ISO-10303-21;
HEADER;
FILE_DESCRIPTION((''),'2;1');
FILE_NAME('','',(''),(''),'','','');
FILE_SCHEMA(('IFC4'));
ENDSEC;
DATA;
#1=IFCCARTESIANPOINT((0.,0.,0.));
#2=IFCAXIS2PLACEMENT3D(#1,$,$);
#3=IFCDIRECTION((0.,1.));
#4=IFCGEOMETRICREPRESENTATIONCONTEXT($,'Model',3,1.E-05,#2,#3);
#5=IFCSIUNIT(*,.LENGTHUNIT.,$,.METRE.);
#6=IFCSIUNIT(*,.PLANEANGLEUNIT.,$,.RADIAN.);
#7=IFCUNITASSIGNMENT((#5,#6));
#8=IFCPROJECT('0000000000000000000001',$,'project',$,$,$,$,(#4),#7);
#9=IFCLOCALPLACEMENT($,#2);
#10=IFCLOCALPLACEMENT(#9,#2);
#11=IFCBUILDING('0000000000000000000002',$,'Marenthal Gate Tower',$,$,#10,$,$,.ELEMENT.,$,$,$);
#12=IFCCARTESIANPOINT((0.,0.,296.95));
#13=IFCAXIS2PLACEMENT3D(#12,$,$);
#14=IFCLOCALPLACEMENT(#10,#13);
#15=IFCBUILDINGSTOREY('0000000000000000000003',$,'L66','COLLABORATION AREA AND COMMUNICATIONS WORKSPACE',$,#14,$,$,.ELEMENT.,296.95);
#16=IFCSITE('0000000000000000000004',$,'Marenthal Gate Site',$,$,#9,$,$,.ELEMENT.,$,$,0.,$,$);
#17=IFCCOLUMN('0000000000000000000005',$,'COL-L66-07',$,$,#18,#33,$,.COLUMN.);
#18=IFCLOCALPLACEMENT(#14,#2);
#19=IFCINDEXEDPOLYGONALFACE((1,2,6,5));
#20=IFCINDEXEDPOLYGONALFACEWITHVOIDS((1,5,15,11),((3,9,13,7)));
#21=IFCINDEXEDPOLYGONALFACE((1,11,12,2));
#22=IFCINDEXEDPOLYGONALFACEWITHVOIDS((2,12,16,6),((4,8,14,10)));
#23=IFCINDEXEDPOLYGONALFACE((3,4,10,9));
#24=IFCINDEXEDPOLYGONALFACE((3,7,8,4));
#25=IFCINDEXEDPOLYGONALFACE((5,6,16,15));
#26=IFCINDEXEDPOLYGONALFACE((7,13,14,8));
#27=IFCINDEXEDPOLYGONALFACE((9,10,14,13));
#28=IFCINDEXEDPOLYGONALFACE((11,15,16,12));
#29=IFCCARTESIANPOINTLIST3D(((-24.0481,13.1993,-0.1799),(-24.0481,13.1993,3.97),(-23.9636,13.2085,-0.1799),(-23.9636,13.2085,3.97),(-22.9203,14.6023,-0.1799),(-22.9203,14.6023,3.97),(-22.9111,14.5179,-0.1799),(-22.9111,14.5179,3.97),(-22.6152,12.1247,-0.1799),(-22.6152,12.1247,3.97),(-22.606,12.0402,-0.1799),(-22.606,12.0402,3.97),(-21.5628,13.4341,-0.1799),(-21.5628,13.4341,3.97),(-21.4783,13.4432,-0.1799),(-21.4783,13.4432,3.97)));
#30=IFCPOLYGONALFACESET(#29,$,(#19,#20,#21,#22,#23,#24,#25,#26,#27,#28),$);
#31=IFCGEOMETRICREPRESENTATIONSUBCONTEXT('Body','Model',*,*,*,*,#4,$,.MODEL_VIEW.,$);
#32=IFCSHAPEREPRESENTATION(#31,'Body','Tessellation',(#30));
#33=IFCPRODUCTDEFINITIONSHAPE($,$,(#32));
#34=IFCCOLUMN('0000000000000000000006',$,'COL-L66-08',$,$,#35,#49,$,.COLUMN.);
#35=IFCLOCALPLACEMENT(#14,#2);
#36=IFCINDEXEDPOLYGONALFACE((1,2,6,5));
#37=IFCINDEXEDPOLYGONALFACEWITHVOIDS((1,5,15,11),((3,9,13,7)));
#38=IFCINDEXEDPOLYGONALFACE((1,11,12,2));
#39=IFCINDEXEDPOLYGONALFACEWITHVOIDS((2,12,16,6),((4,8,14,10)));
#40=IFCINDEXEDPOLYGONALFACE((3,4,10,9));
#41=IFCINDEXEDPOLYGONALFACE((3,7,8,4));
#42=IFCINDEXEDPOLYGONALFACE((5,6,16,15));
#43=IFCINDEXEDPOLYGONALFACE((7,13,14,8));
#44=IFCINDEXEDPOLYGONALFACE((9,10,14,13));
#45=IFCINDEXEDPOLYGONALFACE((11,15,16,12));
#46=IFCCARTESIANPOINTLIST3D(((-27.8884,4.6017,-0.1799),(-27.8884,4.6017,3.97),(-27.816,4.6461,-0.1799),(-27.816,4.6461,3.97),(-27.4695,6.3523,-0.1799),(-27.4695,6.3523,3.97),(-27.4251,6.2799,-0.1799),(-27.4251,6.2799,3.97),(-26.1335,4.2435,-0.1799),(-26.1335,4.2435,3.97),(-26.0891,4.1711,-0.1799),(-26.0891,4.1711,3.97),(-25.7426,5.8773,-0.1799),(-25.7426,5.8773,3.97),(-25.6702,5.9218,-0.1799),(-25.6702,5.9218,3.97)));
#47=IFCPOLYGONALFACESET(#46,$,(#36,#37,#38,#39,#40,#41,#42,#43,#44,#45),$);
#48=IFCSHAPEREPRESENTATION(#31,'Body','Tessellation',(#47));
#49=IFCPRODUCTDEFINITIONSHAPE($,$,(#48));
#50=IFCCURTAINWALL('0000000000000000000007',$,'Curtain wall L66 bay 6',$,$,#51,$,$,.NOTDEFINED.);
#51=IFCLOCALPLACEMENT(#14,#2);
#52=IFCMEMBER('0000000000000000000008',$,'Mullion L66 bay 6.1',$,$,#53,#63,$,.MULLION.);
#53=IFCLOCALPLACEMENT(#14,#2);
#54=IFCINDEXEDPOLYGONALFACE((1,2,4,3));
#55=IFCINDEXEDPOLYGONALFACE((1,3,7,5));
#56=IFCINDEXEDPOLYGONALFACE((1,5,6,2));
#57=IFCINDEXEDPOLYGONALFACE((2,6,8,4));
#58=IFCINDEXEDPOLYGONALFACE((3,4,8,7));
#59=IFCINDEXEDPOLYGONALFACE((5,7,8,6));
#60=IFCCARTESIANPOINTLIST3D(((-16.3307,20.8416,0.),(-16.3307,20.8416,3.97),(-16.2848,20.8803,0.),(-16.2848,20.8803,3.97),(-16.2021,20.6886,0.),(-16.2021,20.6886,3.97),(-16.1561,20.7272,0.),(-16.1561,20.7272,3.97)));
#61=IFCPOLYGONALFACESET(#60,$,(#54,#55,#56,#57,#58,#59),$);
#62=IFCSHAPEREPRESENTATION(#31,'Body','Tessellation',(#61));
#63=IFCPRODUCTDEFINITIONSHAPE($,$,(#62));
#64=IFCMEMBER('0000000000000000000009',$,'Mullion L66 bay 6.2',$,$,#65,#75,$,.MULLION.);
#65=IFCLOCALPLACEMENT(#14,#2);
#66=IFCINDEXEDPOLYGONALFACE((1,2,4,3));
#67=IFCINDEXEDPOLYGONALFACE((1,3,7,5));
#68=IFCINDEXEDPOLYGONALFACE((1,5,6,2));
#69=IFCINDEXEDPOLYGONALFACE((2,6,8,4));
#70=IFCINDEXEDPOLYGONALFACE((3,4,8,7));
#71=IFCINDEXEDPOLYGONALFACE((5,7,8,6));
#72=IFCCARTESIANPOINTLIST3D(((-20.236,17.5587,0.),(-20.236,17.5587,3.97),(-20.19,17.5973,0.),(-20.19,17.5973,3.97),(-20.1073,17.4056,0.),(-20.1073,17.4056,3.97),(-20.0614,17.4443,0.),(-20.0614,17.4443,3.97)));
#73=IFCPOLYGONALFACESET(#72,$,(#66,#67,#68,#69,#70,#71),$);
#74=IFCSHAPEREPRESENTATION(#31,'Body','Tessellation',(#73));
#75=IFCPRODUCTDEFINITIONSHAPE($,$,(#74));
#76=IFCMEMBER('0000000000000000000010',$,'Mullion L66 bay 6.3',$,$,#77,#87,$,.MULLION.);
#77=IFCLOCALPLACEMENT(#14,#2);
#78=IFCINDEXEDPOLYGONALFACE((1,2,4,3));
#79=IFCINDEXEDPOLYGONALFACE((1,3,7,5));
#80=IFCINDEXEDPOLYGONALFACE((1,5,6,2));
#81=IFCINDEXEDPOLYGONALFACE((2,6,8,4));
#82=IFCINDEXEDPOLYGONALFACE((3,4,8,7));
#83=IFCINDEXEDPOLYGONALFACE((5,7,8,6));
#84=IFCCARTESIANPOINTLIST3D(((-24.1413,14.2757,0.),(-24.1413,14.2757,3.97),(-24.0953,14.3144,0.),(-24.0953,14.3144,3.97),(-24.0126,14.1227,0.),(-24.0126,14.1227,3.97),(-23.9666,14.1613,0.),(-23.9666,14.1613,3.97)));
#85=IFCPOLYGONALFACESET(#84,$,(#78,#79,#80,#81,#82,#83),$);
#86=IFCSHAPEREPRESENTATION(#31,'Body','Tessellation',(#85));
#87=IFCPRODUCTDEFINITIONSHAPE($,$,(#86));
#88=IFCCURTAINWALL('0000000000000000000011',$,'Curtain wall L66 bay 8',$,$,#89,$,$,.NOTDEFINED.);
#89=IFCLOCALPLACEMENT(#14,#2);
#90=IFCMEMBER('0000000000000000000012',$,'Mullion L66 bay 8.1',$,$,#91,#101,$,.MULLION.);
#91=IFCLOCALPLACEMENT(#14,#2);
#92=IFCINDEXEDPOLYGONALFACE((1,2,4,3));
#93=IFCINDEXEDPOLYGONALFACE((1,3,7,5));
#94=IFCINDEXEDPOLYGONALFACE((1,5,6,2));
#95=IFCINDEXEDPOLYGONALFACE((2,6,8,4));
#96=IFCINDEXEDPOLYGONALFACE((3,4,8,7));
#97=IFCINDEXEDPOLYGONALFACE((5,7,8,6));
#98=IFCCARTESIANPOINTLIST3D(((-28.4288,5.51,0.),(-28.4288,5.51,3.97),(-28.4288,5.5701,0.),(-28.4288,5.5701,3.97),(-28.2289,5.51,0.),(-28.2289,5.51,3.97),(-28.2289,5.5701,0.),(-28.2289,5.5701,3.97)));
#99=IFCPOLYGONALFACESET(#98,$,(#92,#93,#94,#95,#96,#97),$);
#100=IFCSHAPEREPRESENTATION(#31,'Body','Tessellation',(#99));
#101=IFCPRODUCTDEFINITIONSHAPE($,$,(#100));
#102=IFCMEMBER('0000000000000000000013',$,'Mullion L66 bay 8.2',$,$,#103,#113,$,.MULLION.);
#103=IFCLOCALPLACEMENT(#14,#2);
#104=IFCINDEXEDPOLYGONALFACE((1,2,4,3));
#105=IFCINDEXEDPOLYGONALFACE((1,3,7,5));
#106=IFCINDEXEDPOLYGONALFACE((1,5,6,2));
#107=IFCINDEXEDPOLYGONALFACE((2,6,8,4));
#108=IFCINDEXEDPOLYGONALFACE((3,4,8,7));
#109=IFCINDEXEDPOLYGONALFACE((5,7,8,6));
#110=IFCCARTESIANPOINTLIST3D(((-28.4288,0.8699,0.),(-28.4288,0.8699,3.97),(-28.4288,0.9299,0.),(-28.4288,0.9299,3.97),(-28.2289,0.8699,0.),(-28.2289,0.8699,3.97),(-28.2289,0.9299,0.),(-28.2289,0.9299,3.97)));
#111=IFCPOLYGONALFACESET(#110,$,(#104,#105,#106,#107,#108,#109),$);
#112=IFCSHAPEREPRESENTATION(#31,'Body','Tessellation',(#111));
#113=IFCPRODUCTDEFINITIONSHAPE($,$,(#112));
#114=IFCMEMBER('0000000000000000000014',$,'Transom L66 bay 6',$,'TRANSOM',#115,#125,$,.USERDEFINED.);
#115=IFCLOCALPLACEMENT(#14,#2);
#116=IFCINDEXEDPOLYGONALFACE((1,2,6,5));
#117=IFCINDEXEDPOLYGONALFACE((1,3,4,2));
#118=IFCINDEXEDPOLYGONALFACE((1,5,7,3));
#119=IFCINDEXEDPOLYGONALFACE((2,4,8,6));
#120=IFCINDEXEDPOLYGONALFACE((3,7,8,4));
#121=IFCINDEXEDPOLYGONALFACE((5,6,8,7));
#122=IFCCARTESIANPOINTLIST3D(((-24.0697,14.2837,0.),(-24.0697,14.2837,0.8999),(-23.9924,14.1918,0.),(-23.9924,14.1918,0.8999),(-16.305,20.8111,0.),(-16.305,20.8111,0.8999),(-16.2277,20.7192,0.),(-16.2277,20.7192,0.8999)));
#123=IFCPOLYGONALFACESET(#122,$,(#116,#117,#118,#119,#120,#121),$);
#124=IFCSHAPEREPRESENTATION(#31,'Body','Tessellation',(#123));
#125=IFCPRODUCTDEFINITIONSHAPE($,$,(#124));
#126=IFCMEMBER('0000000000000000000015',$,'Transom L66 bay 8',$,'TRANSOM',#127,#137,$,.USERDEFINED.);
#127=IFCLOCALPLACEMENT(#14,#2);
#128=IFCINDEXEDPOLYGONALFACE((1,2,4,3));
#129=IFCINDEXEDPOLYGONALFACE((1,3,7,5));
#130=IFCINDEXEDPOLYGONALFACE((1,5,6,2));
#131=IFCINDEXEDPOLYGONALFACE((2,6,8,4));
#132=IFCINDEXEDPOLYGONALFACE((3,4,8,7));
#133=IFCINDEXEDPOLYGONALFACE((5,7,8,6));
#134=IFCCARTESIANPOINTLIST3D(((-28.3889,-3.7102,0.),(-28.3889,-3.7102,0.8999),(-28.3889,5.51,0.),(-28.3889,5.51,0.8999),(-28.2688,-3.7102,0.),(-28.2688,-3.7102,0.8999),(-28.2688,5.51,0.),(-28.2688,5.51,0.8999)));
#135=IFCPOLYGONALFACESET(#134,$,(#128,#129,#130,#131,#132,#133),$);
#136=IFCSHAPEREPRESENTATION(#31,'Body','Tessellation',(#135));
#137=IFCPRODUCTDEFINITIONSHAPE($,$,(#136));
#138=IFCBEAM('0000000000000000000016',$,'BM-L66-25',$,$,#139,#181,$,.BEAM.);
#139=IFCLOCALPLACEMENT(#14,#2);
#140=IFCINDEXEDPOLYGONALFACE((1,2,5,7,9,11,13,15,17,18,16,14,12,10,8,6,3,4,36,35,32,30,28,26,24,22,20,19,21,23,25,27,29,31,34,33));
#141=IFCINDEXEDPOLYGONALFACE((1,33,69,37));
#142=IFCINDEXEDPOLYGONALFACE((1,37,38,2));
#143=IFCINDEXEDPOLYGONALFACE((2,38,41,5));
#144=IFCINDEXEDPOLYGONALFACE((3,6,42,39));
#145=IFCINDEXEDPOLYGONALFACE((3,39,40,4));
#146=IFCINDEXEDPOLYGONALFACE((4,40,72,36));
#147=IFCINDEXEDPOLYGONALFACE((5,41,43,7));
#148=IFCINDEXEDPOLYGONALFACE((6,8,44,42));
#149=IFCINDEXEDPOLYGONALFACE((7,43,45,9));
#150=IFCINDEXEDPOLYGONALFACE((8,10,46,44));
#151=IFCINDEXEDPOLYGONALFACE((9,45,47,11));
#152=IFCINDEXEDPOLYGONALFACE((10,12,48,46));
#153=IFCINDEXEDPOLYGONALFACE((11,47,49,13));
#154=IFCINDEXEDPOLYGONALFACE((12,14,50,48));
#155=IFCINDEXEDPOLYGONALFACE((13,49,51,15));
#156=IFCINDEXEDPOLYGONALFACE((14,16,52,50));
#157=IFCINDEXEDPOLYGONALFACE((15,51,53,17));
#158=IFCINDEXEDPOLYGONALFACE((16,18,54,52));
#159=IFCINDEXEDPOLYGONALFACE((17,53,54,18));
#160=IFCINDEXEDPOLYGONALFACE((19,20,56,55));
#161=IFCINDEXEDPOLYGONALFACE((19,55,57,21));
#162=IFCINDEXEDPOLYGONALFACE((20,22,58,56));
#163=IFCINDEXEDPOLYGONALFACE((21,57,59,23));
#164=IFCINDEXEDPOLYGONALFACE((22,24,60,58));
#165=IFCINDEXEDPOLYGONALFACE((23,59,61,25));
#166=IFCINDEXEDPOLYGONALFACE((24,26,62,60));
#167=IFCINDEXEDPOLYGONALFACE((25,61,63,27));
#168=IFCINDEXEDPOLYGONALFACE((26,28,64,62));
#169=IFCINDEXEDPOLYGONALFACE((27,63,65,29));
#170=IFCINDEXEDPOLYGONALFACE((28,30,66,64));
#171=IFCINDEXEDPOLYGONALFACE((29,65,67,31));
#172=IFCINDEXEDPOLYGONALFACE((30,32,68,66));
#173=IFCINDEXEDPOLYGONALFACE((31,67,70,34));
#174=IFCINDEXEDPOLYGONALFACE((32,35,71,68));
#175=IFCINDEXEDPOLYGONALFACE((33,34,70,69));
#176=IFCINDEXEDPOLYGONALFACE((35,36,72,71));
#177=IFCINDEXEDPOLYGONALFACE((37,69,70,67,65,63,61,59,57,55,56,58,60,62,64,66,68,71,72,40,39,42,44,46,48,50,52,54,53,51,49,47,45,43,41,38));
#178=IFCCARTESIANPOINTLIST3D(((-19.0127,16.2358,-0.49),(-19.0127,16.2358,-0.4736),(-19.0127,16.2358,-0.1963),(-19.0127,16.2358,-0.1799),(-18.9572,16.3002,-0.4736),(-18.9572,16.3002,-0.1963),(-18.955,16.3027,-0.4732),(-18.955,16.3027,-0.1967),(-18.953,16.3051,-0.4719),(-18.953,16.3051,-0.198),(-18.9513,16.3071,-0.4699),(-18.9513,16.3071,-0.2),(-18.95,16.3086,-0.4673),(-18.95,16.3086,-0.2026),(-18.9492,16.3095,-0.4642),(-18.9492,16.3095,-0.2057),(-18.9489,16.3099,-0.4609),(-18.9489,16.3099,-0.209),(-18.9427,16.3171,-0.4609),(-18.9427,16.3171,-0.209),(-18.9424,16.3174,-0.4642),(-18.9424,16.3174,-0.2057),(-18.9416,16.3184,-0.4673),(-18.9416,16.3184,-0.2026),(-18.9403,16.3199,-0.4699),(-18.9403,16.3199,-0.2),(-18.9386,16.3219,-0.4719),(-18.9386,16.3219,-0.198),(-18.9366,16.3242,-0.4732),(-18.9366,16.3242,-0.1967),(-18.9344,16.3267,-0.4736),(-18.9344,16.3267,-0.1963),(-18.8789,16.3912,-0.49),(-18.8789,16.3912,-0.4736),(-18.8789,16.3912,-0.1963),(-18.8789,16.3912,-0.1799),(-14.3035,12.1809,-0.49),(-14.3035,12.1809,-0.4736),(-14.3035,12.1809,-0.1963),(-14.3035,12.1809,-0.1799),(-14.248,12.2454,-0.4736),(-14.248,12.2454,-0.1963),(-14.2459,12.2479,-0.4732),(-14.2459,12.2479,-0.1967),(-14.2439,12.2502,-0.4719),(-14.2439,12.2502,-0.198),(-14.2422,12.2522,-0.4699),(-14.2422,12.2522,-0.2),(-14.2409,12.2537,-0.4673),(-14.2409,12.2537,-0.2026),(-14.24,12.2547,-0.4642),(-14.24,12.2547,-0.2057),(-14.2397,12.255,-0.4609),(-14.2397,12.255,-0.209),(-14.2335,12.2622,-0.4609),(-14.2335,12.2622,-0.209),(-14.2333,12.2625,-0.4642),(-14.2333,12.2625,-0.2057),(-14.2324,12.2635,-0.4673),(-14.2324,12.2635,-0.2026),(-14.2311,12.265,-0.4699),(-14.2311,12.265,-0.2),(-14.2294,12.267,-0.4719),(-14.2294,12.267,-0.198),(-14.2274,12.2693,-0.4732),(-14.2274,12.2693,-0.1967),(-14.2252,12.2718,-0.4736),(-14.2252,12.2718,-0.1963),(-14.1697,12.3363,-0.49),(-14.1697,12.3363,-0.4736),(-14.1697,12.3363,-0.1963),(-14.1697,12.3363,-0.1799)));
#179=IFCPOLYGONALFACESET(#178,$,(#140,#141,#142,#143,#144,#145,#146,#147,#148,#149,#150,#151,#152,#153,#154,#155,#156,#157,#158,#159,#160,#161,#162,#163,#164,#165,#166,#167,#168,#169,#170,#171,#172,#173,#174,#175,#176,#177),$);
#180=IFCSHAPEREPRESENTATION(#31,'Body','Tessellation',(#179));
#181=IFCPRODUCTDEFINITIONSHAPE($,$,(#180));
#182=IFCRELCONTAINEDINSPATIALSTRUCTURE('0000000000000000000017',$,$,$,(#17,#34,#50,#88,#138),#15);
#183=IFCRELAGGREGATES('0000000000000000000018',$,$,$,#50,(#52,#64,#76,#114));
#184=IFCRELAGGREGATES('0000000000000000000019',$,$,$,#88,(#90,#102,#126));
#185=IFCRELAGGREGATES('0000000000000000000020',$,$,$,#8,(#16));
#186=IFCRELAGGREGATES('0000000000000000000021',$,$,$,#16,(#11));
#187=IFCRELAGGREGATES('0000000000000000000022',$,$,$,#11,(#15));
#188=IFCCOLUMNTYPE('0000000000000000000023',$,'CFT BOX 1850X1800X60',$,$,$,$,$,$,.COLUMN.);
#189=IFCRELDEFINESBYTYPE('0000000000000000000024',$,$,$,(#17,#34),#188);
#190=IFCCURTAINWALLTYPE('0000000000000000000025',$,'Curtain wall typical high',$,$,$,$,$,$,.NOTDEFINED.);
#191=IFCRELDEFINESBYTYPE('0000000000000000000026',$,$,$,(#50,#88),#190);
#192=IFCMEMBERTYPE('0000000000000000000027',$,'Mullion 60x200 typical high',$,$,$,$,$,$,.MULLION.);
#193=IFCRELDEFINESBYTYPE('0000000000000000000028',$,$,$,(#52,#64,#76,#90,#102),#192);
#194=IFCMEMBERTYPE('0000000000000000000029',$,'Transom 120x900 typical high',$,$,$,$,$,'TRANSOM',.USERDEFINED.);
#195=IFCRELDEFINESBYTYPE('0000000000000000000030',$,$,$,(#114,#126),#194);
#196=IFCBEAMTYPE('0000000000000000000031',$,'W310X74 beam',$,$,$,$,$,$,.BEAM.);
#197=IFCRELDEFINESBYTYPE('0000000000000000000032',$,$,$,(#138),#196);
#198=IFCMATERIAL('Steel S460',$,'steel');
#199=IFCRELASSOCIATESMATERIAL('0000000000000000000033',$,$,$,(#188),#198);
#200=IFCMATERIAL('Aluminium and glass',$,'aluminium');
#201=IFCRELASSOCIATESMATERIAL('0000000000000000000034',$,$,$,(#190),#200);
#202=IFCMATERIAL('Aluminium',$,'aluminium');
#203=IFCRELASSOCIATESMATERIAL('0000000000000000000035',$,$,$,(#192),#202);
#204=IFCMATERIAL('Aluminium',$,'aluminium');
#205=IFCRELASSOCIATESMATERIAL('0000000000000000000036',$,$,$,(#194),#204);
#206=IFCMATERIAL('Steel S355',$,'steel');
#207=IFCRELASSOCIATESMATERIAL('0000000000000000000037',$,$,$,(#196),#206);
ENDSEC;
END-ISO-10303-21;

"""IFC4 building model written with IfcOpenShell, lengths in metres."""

from ifc_helpers import new_model, si_unit, direction, frame, origin, origin_2d, place, context, subcontext, project, spatial, rectangle, hollow_rectangle, i_section, extrude, material, material_profile, profile_set, type_object, element, aggregate, save


model = new_model("IFC4")

# Units and contexts
model_context = context("Model", 3, precision=1e-05, world=origin(), true_north=direction((0.0, 1.0)))
body_context = subcontext(model_context, "Body", "Model", "MODEL_VIEW")
ifc_project = project(units=[si_unit("LENGTHUNIT", "METRE"), si_unit("PLANEANGLEUNIT", "RADIAN")], contexts=[model_context])

# Site, building, storey
site_placement = place(None, origin())
site = spatial("IfcSite", under=ifc_project, at=site_placement, Name="Marenthal Gate Site", CompositionType="ELEMENT", RefElevation=0.0)
building_placement = place(site_placement, origin())
building = spatial("IfcBuilding", under=site, at=building_placement, Name="Marenthal Gate Tower", CompositionType="ELEMENT")
storey_placement = place(building_placement, frame((0.0, 0.0, 296.95)))
storey = spatial("IfcBuildingStorey", under=building, at=storey_placement, Name="L66", Description="COLLABORATION AREA AND COMMUNICATIONS WORKSPACE", CompositionType="ELEMENT", Elevation=296.95)

# Columns
ifc_material_1 = material(Name="Steel S460", Category="steel")
ifc_material_profile_1 = material_profile(ifc_material_1, hollow_rectangle(XDim=1.8, YDim=1.8501, WallThickness=0.0601, at=origin_2d()), Name="CFT BOX 1850X1800X60")
ifc_material_2 = material(Name="Concrete 70 MPa", Category="concrete")
ifc_material_profile_2 = material_profile(ifc_material_2, rectangle(XDim=1.6799, YDim=1.73, at=origin_2d()), Name="CFT BOX 1850X1800X60 INFILL")
ifc_profile_set_1 = profile_set([ifc_material_profile_1, ifc_material_profile_2], Name="Steel S460 shell, Concrete 70 MPa infill")
column_type = type_object("IfcColumnType", Name="CFT BOX 1850X1800X60", PredefinedType="COLUMN", material=ifc_profile_set_1)
for number, where, z_axis, x_axis, name in (
    (1, (-22.7632, 13.3213, -0.1799), (0.0, 0.0, 1.0), (0.626499, 0.779422, 0.0), "COL-L66-07"),
    (2, (-26.7793, 5.2617, -0.1799), (0.0, 0.0, 1.0), (0.232716, 0.972545, 0.0), "COL-L66-08"),
):
    element("IfcColumn", number, at=place(storey_placement, frame(where, z_axis=z_axis, x_axis=x_axis)), inside=storey, type_object=column_type, Name=name, PredefinedType="COLUMN", context=body_context, shape_type="SweptSolid", body=[
        extrude(hollow_rectangle(XDim=1.8, YDim=1.8501, WallThickness=0.0601, at=origin_2d()), origin(), (0.0, 0.0, 1.0), 4.1499),
    ])

# Curtain walls, members
ifc_material_3 = material(Name="Aluminium and glass", Category="aluminium")
curtain_wall_type = type_object("IfcCurtainWallType", Name="Curtain wall typical high", PredefinedType="NOTDEFINED", material=ifc_material_3)
curtain_wall_1_placement = place(storey_placement, origin())
curtain_wall_1 = element("IfcCurtainWall", 3, at=curtain_wall_1_placement, inside=storey, type_object=curtain_wall_type, Name="Curtain wall L66 bay 6", PredefinedType="NOTDEFINED")
ifc_material_4 = material(Name="Aluminium", Category="aluminium")
ifc_material_profile_3 = material_profile(ifc_material_4, rectangle(XDim=0.2, YDim=0.0601, at=origin_2d()), Name="60x200 aluminium mullion")
ifc_profile_set_2 = profile_set([ifc_material_profile_3], Name="Aluminium")
member_type_1 = type_object("IfcMemberType", Name="Mullion 60x200 typical high", PredefinedType="MULLION", material=ifc_profile_set_2)
member_1_placement = place(storey_placement, frame((-16.2434, 20.7844, 0.0), z_axis=(0.0, 0.0, 1.0), x_axis=(0.64348, -0.765463, 0.0)))
member_1 = element("IfcMember", 4, at=member_1_placement, type_object=member_type_1, Name="Mullion L66 bay 6.1", PredefinedType="MULLION", context=body_context, shape_type="SweptSolid", body=[
    extrude(rectangle(XDim=0.2, YDim=0.0601, at=origin_2d()), origin(), (0.0, 0.0, 1.0), 3.97),
])
member_2_placement = place(storey_placement, frame((-20.1487, 17.5015, 0.0), z_axis=(0.0, 0.0, 1.0), x_axis=(0.64348, -0.765463, 0.0)))
member_2 = element("IfcMember", 5, at=member_2_placement, type_object=member_type_1, Name="Mullion L66 bay 6.2", PredefinedType="MULLION", context=body_context, shape_type="SweptSolid", body=[
    extrude(rectangle(XDim=0.2, YDim=0.0601, at=origin_2d()), origin(), (0.0, 0.0, 1.0), 3.97),
])
member_3_placement = place(storey_placement, frame((-24.054, 14.2185, 0.0), z_axis=(0.0, 0.0, 1.0), x_axis=(0.64348, -0.765463, 0.0)))
member_3 = element("IfcMember", 6, at=member_3_placement, type_object=member_type_1, Name="Mullion L66 bay 6.3", PredefinedType="MULLION", context=body_context, shape_type="SweptSolid", body=[
    extrude(rectangle(XDim=0.2, YDim=0.0601, at=origin_2d()), origin(), (0.0, 0.0, 1.0), 3.97),
])
curtain_wall_2_placement = place(storey_placement, origin())
curtain_wall_2 = element("IfcCurtainWall", 7, at=curtain_wall_2_placement, inside=storey, type_object=curtain_wall_type, Name="Curtain wall L66 bay 8", PredefinedType="NOTDEFINED")
member_4_placement = place(storey_placement, frame((-28.3289, 5.54, 0.0), z_axis=(0.0, 0.0, 1.0), x_axis=(1.0, 0.0, 0.0)))
member_4 = element("IfcMember", 8, at=member_4_placement, type_object=member_type_1, Name="Mullion L66 bay 8.1", PredefinedType="MULLION", context=body_context, shape_type="SweptSolid", body=[
    extrude(rectangle(XDim=0.2, YDim=0.0601, at=origin_2d()), origin(), (0.0, 0.0, 1.0), 3.97),
])
member_5_placement = place(storey_placement, frame((-28.3289, 0.8999, 0.0), z_axis=(0.0, 0.0, 1.0), x_axis=(1.0, 0.0, 0.0)))
member_5 = element("IfcMember", 9, at=member_5_placement, type_object=member_type_1, Name="Mullion L66 bay 8.2", PredefinedType="MULLION", context=body_context, shape_type="SweptSolid", body=[
    extrude(rectangle(XDim=0.2, YDim=0.0601, at=origin_2d()), origin(), (0.0, 0.0, 1.0), 3.97),
])

# Members
ifc_material_5 = material(Name="Aluminium", Category="aluminium")
ifc_material_profile_4 = material_profile(ifc_material_5, rectangle(XDim=0.1201, YDim=0.8999, at=origin_2d()), Name="120x900 aluminium transom")
ifc_profile_set_3 = profile_set([ifc_material_profile_4], Name="Aluminium")
member_type_2 = type_object("IfcMemberType", Name="Transom 120x900 typical high", ElementType="TRANSOM", PredefinedType="USERDEFINED", material=ifc_profile_set_3)
member_6_placement = place(storey_placement, frame((-16.2664, 20.7651, 0.45), z_axis=(-0.76546, -0.643483, 0.0), x_axis=(0.643483, -0.76546, 0.0)))
member_6 = element("IfcMember", 10, at=member_6_placement, type_object=member_type_2, Name="Transom L66 bay 6", ObjectType="TRANSOM", PredefinedType="USERDEFINED", context=body_context, shape_type="SweptSolid", body=[
    extrude(rectangle(XDim=0.1201, YDim=0.8999, at=origin_2d()), origin(), (0.0, 0.0, 1.0), 10.1438),
])
member_7_placement = place(storey_placement, frame((-28.3289, 5.51, 0.45), z_axis=(0.0, -1.0, 0.0), x_axis=(1.0, 0.0, 0.0)))
member_7 = element("IfcMember", 11, at=member_7_placement, type_object=member_type_2, Name="Transom L66 bay 8", ObjectType="TRANSOM", PredefinedType="USERDEFINED", context=body_context, shape_type="SweptSolid", body=[
    extrude(rectangle(XDim=0.1201, YDim=0.8999, at=origin_2d()), origin(), (0.0, 0.0, 1.0), 9.2202),
])

# Beam
ifc_material_6 = material(Name="Steel S355", Category="steel")
ifc_material_profile_5 = material_profile(ifc_material_6, i_section(OverallWidth=0.2051, OverallDepth=0.3101, WebThickness=0.0095, FlangeThickness=0.0164, FilletRadius=0.0127, at=origin_2d()), Name="W310X74")
ifc_profile_set_4 = profile_set([ifc_material_profile_5], Name="Steel S355")
beam_type_1 = type_object("IfcBeamType", Name="W310X74 beam", PredefinedType="BEAM", material=ifc_profile_set_4)
beam_1_placement = place(storey_placement, frame((-18.9458, 16.3135, -0.335), z_axis=(0.757788, -0.652501, 0.0), x_axis=(0.652501, 0.757788, 0.0)))
element("IfcBeam", 12, at=beam_1_placement, inside=storey, type_object=beam_type_1, Name="BM-L66-25", PredefinedType="BEAM", context=body_context, shape_type="SweptSolid", body=[
    extrude(i_section(OverallWidth=0.2051, OverallDepth=0.3101, WebThickness=0.0095, FlangeThickness=0.0164, FilletRadius=0.0127, at=origin_2d()), origin(), (0.0, 0.0, 1.0), 6.2144),
])

aggregate(curtain_wall_1, [member_1, member_2, member_3, member_6])
aggregate(curtain_wall_2, [member_4, member_5, member_7])

save(model, "model.ifc")
